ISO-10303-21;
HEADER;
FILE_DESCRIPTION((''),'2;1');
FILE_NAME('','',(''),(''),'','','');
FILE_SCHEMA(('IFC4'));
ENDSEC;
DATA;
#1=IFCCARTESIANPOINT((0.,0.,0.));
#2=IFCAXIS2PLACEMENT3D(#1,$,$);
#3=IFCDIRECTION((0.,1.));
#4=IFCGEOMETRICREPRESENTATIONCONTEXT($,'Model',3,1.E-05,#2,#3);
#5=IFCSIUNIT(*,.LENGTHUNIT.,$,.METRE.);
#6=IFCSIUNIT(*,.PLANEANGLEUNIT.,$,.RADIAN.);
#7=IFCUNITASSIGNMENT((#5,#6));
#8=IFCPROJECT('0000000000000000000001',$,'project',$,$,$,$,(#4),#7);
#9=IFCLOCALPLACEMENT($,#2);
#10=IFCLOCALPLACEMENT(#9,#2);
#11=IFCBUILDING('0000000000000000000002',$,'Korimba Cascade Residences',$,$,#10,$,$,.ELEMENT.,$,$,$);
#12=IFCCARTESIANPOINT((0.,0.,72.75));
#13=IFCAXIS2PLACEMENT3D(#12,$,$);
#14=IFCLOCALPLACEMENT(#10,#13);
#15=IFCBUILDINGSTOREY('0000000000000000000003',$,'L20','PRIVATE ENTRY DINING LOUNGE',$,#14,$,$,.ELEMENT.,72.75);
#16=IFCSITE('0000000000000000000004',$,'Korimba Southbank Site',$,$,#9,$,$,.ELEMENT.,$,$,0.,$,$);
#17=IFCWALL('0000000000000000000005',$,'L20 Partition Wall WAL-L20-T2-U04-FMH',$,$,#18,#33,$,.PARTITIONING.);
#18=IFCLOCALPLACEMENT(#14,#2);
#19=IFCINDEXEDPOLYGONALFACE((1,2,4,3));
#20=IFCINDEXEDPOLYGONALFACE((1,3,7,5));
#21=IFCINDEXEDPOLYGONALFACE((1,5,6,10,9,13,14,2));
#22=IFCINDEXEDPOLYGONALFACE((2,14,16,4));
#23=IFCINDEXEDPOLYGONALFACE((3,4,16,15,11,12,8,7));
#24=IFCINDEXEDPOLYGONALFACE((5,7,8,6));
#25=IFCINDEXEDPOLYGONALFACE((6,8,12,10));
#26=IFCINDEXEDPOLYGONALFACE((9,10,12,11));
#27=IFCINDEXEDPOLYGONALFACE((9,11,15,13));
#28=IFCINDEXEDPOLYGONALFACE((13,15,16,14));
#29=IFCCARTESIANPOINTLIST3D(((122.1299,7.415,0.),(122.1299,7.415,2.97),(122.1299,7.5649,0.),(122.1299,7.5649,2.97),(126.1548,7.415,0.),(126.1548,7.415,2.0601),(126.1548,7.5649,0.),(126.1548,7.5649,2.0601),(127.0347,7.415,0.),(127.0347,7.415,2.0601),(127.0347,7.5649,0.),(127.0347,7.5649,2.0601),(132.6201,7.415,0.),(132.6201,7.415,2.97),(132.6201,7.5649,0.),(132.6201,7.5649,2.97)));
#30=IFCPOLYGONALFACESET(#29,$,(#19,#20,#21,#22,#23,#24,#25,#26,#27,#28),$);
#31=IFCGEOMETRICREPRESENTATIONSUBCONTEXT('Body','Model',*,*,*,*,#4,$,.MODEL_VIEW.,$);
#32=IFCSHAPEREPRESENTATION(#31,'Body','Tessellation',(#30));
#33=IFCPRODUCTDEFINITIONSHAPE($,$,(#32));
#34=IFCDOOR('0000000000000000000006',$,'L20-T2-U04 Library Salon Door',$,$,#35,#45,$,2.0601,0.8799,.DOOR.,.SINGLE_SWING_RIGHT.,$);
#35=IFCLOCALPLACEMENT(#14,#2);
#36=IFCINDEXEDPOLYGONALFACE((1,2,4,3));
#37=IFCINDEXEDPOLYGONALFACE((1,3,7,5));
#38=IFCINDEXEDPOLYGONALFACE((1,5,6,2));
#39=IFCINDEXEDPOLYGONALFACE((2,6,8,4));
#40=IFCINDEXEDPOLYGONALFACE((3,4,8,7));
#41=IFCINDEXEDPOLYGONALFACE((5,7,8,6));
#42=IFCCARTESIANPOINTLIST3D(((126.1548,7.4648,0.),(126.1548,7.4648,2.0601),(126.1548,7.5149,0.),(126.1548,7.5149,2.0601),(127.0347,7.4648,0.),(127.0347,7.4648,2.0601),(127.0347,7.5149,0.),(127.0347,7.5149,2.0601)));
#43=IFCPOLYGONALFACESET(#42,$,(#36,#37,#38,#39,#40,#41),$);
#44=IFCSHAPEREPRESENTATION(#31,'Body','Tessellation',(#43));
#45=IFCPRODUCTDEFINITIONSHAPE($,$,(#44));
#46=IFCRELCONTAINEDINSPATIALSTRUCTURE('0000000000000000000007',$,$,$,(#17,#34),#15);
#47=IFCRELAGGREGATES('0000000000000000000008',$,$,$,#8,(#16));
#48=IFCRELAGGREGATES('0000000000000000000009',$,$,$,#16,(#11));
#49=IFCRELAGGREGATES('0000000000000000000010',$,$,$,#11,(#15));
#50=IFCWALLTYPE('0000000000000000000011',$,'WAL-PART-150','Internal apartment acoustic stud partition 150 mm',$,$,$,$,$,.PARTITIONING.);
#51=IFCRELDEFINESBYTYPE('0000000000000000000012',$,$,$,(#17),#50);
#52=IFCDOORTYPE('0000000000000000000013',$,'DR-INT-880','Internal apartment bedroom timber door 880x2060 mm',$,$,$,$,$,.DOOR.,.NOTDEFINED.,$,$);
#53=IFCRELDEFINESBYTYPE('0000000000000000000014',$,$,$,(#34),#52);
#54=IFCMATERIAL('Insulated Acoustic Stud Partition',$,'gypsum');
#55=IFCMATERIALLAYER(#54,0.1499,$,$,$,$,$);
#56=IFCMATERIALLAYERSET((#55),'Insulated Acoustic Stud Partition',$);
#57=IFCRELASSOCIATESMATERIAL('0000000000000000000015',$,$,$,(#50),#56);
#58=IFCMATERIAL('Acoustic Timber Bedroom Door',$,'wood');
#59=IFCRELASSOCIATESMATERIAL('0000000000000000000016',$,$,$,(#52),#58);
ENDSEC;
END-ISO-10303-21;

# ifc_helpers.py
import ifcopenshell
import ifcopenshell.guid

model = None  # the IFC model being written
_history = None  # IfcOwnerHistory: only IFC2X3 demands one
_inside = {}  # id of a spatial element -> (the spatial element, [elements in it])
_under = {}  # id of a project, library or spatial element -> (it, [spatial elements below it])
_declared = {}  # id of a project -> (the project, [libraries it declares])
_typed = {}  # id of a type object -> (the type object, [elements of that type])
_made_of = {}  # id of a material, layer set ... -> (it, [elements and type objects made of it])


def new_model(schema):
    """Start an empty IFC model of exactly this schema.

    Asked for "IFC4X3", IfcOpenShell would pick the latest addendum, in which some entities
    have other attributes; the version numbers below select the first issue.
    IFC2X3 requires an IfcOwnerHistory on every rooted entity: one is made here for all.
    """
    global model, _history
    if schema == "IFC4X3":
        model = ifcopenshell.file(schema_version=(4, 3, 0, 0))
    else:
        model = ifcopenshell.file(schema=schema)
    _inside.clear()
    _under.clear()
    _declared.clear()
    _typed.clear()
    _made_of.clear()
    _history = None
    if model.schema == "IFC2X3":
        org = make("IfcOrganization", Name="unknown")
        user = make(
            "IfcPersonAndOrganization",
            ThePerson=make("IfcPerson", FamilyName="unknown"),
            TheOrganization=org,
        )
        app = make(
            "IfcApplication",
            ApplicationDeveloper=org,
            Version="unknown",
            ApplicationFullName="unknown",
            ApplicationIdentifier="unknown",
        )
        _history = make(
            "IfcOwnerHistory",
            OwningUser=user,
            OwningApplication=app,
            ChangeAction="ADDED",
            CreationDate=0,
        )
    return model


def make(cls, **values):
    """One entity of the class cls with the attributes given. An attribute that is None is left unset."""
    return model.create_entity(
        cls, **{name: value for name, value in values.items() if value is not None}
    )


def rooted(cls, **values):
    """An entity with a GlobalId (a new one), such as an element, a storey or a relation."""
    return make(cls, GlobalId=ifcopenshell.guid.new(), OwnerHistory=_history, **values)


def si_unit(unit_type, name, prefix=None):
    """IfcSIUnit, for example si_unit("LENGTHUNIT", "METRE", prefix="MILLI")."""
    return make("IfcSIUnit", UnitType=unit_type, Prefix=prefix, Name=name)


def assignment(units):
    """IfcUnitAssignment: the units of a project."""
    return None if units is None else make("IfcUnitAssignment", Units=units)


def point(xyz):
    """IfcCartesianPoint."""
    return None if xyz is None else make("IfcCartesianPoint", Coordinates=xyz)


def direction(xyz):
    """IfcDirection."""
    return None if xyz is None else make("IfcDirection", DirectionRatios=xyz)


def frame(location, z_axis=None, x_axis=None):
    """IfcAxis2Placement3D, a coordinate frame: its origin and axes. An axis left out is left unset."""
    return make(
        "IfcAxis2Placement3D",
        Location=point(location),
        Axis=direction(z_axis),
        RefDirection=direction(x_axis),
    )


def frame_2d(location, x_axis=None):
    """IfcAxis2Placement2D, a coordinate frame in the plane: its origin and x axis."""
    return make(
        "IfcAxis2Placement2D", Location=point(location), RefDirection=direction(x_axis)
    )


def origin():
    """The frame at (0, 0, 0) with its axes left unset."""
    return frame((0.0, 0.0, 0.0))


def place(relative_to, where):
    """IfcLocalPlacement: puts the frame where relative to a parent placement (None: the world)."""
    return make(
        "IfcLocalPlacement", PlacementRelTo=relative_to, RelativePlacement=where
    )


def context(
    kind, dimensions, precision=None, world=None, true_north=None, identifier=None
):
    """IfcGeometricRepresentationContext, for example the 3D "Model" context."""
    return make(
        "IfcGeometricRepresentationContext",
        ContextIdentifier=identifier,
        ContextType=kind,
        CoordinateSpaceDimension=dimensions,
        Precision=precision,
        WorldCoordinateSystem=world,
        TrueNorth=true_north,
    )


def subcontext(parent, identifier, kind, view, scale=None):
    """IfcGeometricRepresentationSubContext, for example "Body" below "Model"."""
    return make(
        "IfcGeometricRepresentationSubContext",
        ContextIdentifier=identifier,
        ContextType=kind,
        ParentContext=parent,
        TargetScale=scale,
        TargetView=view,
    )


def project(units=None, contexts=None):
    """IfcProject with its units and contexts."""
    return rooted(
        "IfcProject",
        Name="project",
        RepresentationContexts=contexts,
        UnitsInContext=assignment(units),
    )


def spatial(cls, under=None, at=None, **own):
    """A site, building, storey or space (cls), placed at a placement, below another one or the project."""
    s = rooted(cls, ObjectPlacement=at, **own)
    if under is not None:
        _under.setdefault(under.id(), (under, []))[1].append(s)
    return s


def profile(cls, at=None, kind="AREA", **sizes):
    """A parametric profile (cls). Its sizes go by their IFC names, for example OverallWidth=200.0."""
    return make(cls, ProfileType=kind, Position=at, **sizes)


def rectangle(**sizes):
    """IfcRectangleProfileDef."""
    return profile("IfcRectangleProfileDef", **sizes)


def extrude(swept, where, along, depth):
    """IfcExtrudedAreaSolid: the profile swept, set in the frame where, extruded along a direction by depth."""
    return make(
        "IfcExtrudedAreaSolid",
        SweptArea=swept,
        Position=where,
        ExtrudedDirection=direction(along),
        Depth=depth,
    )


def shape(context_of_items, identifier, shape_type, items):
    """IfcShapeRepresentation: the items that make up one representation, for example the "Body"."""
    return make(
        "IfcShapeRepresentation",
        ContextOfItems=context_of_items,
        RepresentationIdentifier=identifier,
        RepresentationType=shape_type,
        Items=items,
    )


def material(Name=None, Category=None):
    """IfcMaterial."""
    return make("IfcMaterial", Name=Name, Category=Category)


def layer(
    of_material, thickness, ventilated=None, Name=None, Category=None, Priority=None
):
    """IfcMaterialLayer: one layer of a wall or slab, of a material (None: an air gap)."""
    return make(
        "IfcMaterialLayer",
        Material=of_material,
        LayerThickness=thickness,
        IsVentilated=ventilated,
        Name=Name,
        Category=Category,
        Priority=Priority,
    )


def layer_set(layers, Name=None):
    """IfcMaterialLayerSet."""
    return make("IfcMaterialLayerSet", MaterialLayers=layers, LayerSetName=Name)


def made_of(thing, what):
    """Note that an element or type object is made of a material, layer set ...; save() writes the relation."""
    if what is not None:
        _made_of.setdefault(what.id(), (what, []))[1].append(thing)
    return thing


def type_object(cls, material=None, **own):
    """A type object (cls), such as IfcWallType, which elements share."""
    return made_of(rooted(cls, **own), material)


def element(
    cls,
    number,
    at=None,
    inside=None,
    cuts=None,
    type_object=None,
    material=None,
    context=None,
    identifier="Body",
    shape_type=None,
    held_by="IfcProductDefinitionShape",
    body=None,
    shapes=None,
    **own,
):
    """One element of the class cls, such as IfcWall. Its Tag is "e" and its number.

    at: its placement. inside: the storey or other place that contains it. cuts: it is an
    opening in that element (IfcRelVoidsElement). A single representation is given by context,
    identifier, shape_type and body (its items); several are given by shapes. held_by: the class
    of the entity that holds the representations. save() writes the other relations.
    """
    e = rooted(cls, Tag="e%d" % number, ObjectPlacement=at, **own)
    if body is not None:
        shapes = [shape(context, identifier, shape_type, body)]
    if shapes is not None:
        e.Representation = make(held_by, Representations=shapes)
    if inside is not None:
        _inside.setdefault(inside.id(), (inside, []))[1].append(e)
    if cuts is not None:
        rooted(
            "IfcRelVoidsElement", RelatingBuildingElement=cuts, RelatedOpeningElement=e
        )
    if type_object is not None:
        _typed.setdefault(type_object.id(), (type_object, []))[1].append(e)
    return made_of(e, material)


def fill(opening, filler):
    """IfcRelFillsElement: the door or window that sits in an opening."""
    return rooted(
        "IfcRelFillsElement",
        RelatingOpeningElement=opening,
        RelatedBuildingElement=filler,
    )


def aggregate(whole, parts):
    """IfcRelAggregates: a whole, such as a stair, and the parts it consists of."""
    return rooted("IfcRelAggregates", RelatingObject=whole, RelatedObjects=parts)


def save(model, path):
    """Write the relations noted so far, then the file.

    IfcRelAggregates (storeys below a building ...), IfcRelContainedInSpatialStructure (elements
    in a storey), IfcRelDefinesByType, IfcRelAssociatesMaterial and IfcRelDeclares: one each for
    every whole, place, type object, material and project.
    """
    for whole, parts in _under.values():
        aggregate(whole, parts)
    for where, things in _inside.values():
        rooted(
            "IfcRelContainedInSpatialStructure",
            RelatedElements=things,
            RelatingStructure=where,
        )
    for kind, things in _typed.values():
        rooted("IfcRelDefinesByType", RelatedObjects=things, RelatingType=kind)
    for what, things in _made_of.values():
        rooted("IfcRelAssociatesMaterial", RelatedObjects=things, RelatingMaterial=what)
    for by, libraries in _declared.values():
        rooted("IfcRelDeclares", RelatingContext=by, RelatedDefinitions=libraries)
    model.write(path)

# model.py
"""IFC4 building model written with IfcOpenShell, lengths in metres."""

from ifc_helpers import new_model, si_unit, direction, frame, frame_2d, origin, place, context, subcontext, project, spatial, rectangle, extrude, material, layer, layer_set, type_object, element, fill, save


model = new_model("IFC4")

# Units and contexts
model_context = context("Model", 3, precision=1e-05, world=origin(), true_north=direction((0.0, 1.0)))
body_context = subcontext(model_context, "Body", "Model", "MODEL_VIEW")
ifc_project = project(units=[si_unit("LENGTHUNIT", "METRE"), si_unit("PLANEANGLEUNIT", "RADIAN")], contexts=[model_context])

# Site, building, storey
site_placement = place(None, origin())
site = spatial("IfcSite", under=ifc_project, at=site_placement, Name="Korimba Southbank Site", CompositionType="ELEMENT", RefElevation=0.0)
building_placement = place(site_placement, origin())
building = spatial("IfcBuilding", under=site, at=building_placement, Name="Korimba Cascade Residences", CompositionType="ELEMENT")
storey_placement = place(building_placement, frame((0.0, 0.0, 72.75)))
storey = spatial("IfcBuildingStorey", under=building, at=storey_placement, Name="L20", Description="PRIVATE ENTRY DINING LOUNGE", CompositionType="ELEMENT", Elevation=72.75)

# Wall, opening, door
ifc_material_1 = material(Name="Insulated Acoustic Stud Partition", Category="gypsum")
ifc_layer_1 = layer(ifc_material_1, 0.1499)
ifc_layer_set_1 = layer_set([ifc_layer_1], Name="Insulated Acoustic Stud Partition")
wall_type_1 = type_object("IfcWallType", Name="WAL-PART-150", Description="Internal apartment acoustic stud partition 150 mm", PredefinedType="PARTITIONING", material=ifc_layer_set_1)
wall_1_placement = place(storey_placement, frame((122.1299, 7.49, 0.0), z_axis=(0.0, 0.0, 1.0), x_axis=(1.0, 0.0, 0.0)))
wall_1 = element("IfcWall", 1, at=wall_1_placement, inside=storey, type_object=wall_type_1, Name="L20 Partition Wall WAL-L20-T2-U04-FMH", PredefinedType="PARTITIONING", context=body_context, shape_type="SweptSolid", body=[
    extrude(rectangle(XDim=10.4902, YDim=0.1499, at=frame_2d((5.2451, 0.0))), origin(), (0.0, 0.0, 1.0), 2.97),
])
opening_1_placement = place(wall_1_placement, frame((4.0249, 0.0, 0.0)))
opening_1 = element("IfcOpeningElement", 2, at=opening_1_placement, cuts=wall_1, PredefinedType="OPENING", context=body_context, shape_type="SweptSolid", body=[
    extrude(rectangle(XDim=0.8799, YDim=2.0601, at=frame_2d((0.4399, 1.03))), frame((0.0, 0.085, 0.0), z_axis=(0.0, -1.0, 0.0), x_axis=(1.0, 0.0, 0.0)), (0.0, 0.0, 1.0), 0.1699),
])
ifc_material_2 = material(Name="Acoustic Timber Bedroom Door", Category="wood")
door_type_1 = type_object("IfcDoorType", Name="DR-INT-880", Description="Internal apartment bedroom timber door 880x2060 mm", OperationType="NOTDEFINED", PredefinedType="DOOR", material=ifc_material_2)
door_1_placement = place(opening_1_placement, origin())
door_1 = element("IfcDoor", 3, at=door_1_placement, inside=storey, type_object=door_type_1, Name="L20-T2-U04 Library Salon Door", OperationType="SINGLE_SWING_RIGHT", OverallHeight=2.0601, OverallWidth=0.8799, PredefinedType="DOOR", context=body_context, shape_type="SweptSolid", body=[
    extrude(rectangle(XDim=0.8799, YDim=2.0601, at=frame_2d((0.4399, 1.03))), frame((0.0, 0.0249, 0.0), z_axis=(0.0, -1.0, 0.0), x_axis=(1.0, 0.0, 0.0)), (0.0, 0.0, 1.0), 0.05),
])
fill(opening_1, door_1)

save(model, "model.ifc")
